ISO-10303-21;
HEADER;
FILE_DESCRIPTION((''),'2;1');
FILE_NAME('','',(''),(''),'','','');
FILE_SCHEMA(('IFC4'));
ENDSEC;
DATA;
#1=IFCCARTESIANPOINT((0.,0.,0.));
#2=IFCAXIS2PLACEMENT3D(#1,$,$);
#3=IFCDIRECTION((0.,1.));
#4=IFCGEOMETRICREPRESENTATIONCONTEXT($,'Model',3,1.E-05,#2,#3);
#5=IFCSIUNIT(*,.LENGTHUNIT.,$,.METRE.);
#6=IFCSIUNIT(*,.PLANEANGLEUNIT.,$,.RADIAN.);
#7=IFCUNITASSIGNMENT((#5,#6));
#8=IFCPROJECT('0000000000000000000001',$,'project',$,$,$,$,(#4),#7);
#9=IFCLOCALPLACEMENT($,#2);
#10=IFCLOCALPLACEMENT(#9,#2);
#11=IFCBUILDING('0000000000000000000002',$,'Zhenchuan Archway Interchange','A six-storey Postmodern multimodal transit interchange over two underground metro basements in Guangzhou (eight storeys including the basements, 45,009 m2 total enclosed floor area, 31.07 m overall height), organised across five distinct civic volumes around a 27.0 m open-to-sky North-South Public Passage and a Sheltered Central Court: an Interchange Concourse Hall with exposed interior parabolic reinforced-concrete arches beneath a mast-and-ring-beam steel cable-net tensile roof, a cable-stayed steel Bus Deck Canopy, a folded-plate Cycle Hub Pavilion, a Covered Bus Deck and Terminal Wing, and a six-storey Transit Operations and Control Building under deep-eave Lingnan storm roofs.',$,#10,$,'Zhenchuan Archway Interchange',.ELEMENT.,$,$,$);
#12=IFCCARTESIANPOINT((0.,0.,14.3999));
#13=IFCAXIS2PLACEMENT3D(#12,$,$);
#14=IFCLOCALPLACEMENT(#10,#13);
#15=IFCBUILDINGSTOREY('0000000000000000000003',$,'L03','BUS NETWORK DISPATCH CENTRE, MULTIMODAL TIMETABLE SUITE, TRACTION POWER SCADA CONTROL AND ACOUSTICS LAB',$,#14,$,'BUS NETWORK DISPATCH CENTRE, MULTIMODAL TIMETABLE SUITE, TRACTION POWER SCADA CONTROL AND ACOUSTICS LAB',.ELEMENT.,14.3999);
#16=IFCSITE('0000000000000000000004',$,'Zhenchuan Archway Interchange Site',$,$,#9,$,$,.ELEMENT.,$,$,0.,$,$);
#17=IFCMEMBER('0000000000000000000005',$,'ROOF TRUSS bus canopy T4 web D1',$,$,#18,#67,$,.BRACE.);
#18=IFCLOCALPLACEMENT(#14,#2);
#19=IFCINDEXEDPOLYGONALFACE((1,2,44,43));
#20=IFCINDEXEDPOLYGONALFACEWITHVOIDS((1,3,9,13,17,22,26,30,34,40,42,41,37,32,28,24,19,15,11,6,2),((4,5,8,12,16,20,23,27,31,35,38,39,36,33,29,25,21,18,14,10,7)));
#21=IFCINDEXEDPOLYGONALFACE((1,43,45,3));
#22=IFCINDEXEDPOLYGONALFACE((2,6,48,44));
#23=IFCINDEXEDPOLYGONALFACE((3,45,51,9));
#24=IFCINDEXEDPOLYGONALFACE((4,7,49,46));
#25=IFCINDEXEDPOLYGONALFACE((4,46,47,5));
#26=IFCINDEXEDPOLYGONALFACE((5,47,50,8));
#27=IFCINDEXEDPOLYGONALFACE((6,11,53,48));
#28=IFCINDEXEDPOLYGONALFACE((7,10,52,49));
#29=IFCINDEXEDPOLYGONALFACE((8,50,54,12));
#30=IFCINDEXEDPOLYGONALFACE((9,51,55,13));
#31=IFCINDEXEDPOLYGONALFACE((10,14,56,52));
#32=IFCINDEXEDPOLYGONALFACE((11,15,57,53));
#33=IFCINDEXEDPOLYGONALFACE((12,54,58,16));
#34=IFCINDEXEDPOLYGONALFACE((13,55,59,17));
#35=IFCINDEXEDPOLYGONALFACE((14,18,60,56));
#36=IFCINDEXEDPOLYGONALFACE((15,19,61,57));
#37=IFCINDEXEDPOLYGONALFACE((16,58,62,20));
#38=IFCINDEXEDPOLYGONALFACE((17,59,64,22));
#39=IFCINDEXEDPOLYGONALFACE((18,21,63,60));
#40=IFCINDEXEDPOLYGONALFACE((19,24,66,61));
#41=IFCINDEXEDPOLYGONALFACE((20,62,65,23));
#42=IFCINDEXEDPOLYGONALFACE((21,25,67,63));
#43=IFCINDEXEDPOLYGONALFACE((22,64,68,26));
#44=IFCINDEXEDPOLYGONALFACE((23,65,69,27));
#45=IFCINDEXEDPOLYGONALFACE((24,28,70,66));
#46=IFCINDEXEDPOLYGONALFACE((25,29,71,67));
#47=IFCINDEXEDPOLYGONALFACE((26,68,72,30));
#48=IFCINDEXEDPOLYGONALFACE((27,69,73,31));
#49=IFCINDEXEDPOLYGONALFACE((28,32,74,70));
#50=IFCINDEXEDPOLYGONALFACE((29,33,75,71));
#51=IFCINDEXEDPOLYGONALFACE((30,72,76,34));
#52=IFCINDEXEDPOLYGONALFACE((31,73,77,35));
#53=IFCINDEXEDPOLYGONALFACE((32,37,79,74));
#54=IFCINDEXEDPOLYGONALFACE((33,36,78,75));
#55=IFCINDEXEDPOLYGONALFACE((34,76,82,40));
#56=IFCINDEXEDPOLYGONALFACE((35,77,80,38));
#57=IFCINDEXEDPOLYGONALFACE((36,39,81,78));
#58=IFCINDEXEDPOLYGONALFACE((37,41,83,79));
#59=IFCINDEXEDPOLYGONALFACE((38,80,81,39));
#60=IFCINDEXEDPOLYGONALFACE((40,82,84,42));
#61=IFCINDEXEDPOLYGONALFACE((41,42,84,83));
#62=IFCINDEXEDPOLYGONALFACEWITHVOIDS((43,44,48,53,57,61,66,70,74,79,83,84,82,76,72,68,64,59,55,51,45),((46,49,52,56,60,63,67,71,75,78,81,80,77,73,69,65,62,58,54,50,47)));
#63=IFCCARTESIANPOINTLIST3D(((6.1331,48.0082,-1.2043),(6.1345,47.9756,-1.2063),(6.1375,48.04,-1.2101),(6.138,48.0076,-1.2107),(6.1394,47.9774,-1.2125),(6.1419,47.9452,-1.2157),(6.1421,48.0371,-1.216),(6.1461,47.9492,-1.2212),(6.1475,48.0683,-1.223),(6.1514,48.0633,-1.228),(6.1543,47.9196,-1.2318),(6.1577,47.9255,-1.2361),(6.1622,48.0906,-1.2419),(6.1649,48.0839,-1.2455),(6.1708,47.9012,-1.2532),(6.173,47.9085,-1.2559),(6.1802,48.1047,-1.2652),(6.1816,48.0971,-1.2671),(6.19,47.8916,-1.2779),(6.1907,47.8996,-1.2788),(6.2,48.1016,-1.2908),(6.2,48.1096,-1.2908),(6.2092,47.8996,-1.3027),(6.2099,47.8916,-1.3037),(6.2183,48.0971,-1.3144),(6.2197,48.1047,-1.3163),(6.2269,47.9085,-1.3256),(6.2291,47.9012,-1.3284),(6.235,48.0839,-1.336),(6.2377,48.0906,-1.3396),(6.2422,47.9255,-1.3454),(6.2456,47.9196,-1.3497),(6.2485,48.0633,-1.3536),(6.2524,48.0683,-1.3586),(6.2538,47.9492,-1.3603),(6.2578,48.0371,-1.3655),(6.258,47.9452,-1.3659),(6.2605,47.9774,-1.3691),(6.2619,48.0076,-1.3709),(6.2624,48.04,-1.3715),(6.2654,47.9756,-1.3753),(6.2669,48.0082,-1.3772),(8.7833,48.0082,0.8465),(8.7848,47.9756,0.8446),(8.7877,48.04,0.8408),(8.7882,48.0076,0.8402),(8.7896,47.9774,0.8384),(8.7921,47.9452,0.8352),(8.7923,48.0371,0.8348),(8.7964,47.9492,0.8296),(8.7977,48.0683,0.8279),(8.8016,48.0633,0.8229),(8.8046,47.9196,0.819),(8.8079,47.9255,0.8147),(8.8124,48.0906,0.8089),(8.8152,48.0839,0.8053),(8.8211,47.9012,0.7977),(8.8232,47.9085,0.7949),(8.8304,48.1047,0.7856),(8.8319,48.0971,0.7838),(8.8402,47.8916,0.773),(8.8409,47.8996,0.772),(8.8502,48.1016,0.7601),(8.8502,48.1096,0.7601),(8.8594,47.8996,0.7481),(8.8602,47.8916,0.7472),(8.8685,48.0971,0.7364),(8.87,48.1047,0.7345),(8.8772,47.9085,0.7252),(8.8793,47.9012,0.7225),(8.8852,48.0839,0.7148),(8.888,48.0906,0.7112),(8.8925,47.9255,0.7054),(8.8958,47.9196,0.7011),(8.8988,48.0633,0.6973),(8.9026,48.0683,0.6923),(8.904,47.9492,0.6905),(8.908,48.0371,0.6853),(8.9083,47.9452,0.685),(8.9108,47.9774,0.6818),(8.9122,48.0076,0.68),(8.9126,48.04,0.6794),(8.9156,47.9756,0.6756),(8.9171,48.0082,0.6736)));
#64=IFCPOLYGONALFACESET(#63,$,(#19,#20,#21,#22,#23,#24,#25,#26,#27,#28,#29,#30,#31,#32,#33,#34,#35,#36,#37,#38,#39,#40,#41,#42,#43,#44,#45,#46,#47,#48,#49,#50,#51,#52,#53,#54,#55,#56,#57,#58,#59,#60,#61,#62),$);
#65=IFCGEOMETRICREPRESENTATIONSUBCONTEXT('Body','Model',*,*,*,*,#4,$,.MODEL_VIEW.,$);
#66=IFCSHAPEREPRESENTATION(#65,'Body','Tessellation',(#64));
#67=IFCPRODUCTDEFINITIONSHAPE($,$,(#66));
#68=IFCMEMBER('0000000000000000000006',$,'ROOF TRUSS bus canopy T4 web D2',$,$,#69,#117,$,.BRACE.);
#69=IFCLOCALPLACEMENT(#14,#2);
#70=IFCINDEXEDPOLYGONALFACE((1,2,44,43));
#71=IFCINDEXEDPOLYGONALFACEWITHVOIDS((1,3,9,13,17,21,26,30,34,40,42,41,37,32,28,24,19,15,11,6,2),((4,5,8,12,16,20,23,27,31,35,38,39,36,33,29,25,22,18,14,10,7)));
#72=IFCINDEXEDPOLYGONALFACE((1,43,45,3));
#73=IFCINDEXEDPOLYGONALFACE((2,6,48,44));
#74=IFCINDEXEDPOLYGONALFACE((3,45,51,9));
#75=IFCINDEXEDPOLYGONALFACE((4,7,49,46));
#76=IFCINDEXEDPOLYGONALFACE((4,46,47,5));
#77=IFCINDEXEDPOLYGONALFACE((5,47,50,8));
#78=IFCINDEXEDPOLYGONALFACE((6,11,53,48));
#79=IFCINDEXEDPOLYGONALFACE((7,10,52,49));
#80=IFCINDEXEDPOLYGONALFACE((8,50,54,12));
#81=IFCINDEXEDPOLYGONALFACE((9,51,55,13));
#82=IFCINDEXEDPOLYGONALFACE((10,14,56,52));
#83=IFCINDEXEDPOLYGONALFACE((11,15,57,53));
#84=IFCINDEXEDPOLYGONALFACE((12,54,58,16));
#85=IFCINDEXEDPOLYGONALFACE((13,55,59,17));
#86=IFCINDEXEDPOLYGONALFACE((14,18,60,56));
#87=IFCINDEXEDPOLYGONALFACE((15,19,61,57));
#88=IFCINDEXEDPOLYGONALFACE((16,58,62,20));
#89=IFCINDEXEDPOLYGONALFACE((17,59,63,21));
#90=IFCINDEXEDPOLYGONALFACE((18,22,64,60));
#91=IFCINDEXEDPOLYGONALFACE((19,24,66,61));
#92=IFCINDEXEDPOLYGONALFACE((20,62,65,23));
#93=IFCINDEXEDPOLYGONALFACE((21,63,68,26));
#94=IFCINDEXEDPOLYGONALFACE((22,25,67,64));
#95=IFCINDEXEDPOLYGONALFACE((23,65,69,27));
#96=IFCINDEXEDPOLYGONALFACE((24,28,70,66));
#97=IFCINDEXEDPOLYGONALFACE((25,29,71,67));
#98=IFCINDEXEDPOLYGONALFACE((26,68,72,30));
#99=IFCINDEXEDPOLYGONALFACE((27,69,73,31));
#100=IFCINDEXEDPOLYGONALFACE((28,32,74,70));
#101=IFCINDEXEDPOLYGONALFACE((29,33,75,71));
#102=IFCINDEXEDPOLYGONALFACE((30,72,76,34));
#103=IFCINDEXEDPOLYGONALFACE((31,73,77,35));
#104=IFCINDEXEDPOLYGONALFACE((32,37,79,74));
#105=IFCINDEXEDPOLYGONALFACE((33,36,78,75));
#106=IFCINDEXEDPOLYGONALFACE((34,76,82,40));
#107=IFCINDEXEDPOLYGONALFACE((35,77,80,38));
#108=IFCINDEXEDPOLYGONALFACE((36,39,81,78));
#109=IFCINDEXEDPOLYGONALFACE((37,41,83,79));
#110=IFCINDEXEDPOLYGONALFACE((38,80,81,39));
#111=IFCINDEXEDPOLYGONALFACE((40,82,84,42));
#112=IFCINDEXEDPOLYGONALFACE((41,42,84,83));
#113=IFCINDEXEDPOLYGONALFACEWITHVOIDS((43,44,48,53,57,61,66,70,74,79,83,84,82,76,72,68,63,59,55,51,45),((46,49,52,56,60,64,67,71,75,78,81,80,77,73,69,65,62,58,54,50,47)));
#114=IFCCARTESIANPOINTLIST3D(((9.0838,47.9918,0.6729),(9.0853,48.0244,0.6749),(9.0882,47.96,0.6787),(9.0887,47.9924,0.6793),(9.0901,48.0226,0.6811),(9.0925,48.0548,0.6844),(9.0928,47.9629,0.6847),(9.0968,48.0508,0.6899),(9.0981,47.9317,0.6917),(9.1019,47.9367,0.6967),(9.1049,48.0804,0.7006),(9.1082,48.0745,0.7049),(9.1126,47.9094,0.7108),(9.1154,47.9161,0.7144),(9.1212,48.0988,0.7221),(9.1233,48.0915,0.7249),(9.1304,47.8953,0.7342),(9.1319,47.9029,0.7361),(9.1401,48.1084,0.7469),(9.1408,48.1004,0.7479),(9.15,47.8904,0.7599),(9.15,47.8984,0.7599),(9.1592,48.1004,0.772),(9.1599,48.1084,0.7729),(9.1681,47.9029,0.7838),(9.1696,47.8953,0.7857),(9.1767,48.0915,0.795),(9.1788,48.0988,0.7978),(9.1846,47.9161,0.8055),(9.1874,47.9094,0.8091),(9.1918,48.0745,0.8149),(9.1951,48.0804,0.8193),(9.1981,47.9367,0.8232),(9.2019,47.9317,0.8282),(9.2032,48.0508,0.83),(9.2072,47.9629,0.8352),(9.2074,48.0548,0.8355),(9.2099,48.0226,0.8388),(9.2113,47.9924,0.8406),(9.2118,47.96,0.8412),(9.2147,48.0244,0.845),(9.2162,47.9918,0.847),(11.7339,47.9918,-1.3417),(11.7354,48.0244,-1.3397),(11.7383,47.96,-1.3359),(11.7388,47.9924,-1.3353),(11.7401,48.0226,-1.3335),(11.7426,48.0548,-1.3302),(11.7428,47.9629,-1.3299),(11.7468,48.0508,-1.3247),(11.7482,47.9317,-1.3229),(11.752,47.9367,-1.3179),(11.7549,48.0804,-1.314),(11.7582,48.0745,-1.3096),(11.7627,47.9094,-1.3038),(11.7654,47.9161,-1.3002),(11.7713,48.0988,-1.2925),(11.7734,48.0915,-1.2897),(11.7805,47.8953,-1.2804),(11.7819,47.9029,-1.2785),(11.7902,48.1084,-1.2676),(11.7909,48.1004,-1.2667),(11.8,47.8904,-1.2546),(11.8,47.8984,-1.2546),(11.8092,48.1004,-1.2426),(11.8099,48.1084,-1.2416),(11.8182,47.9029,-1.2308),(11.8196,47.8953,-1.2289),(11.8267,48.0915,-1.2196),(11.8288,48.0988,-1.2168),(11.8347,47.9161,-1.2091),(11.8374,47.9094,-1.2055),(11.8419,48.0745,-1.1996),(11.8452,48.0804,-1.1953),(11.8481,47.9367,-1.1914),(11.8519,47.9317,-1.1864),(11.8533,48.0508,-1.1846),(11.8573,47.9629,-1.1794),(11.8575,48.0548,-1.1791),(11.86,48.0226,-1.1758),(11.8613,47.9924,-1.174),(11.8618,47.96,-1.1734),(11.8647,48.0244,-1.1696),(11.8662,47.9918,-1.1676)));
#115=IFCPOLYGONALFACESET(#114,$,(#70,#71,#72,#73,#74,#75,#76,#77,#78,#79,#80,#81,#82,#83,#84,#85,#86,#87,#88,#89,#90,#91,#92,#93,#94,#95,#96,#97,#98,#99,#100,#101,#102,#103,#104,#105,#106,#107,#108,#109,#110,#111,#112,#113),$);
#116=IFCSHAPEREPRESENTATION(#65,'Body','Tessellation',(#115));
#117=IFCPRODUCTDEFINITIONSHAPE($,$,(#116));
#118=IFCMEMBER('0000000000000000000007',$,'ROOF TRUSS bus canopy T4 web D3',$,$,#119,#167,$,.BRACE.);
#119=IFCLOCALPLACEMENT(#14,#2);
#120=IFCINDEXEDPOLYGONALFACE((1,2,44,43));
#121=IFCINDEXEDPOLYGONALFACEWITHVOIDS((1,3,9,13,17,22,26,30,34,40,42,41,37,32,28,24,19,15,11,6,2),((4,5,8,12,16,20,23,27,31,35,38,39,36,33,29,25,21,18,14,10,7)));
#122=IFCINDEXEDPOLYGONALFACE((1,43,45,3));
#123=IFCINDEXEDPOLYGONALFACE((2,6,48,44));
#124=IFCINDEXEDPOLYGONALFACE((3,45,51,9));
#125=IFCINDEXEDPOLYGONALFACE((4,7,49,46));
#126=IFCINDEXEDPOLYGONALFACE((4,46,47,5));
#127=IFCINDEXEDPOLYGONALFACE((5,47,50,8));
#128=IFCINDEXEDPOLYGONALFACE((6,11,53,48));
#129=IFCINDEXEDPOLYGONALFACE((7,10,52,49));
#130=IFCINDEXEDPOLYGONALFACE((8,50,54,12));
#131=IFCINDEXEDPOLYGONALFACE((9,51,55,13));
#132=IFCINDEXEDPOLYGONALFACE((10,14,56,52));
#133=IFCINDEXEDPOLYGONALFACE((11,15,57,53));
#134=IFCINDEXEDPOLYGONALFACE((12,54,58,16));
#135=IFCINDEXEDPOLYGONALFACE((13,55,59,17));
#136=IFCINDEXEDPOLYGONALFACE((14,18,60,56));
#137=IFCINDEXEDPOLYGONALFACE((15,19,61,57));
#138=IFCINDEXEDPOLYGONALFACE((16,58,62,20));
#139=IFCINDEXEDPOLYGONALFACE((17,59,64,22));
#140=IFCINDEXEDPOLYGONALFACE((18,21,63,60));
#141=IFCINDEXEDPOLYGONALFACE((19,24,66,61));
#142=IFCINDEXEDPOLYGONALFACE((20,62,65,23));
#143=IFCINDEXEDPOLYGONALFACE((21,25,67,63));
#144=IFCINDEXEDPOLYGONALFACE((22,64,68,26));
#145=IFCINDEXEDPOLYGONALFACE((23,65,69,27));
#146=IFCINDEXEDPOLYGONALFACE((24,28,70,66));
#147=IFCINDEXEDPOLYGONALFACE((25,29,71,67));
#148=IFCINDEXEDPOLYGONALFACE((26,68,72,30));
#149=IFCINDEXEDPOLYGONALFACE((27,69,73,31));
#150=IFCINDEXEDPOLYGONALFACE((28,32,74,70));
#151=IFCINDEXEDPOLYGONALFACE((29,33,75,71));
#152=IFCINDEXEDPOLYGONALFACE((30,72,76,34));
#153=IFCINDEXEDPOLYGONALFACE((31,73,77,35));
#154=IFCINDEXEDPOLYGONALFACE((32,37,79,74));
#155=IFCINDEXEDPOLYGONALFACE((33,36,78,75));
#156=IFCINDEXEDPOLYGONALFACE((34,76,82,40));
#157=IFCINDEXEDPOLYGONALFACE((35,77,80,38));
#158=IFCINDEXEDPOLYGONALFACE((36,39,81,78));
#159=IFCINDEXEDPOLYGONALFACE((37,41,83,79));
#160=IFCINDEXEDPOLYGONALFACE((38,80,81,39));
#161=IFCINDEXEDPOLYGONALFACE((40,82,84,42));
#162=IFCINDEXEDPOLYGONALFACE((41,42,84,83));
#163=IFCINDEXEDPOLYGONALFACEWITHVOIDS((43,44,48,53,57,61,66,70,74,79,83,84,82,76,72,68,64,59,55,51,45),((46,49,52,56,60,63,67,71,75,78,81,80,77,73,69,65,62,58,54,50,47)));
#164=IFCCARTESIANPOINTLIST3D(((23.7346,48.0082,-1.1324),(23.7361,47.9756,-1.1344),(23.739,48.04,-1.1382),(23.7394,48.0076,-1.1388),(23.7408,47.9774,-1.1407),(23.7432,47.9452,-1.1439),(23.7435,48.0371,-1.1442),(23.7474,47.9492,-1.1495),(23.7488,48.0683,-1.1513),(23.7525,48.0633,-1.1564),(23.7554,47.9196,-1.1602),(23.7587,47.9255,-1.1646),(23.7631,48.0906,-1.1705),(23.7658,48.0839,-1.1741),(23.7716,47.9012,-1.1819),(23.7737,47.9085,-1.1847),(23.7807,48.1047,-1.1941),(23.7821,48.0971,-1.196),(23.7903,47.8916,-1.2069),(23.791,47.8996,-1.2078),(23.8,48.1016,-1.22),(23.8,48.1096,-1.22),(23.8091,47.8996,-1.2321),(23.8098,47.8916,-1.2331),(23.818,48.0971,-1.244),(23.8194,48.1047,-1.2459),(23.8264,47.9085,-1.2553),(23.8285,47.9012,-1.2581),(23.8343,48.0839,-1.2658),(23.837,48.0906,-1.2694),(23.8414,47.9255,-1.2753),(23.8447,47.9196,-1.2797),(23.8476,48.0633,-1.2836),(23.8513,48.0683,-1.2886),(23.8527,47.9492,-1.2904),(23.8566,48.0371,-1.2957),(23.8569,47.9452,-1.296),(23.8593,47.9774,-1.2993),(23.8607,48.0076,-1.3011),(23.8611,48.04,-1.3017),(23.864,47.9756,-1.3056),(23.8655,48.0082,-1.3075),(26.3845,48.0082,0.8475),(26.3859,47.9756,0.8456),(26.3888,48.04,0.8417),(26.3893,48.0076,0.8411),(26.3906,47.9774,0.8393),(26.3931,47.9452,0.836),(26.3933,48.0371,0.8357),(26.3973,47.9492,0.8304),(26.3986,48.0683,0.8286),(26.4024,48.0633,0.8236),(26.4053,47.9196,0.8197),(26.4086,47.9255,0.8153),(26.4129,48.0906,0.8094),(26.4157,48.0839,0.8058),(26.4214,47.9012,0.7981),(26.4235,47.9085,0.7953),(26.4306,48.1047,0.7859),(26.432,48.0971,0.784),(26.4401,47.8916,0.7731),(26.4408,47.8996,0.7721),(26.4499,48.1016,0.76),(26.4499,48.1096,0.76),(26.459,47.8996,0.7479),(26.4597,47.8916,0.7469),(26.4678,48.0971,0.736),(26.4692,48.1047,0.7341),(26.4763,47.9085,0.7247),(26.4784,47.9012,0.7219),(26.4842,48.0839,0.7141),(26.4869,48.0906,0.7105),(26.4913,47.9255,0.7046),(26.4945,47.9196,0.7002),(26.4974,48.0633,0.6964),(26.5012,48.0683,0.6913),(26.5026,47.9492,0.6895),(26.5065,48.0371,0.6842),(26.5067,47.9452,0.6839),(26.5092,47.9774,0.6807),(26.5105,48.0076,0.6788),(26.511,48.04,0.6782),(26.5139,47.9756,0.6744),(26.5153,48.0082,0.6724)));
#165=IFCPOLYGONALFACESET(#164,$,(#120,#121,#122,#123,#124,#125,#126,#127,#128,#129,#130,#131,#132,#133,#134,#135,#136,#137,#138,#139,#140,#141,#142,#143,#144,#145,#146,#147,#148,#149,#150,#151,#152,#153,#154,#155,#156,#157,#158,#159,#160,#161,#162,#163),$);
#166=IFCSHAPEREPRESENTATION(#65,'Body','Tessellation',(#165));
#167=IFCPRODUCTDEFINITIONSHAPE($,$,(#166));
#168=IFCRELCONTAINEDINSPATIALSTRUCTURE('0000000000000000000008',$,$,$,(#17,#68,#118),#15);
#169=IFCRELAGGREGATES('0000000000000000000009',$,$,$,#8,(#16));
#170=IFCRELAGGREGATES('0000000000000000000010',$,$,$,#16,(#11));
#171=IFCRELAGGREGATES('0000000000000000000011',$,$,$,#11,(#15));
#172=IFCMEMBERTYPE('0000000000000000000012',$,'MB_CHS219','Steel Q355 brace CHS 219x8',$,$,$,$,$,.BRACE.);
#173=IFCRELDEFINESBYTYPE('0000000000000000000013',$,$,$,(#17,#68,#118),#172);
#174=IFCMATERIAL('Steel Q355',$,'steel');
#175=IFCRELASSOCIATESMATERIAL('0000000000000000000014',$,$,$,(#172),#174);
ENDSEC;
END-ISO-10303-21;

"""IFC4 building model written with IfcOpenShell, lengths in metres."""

from ifc_helpers import new_model, si_unit, direction, frame, origin, origin_2d, place, context, subcontext, project, spatial, hollow_circle, extrude, material, material_profile, profile_set, type_object, element, save


model = new_model("IFC4")

# Units and contexts
model_context = context("Model", 3, precision=1e-05, world=origin(), true_north=direction((0.0, 1.0)))
body_context = subcontext(model_context, "Body", "Model", "MODEL_VIEW")
ifc_project = project(units=[si_unit("LENGTHUNIT", "METRE"), si_unit("PLANEANGLEUNIT", "RADIAN")], contexts=[model_context])

# Site, building, storey
site_placement = place(None, origin())
site = spatial("IfcSite", under=ifc_project, at=site_placement, Name="Zhenchuan Archway Interchange Site", CompositionType="ELEMENT", RefElevation=0.0)
building_placement = place(site_placement, origin())
building = spatial("IfcBuilding", under=site, at=building_placement, Name="Zhenchuan Archway Interchange", Description="A six-storey Postmodern multimodal transit interchange over two underground metro basements in Guangzhou (eight storeys including the basements, 45,009 m2 total enclosed floor area, 31.07 m overall height), organised across five distinct civic volumes around a 27.0 m open-to-sky North-South Public Passage and a Sheltered Central Court: an Interchange Concourse Hall with exposed interior parabolic reinforced-concrete arches beneath a mast-and-ring-beam steel cable-net tensile roof, a cable-stayed steel Bus Deck Canopy, a folded-plate Cycle Hub Pavilion, a Covered Bus Deck and Terminal Wing, and a six-storey Transit Operations and Control Building under deep-eave Lingnan storm roofs.", LongName="Zhenchuan Archway Interchange", CompositionType="ELEMENT")
storey_placement = place(building_placement, frame((0.0, 0.0, 14.3999)))
storey = spatial("IfcBuildingStorey", under=building, at=storey_placement, Name="L03", Description="BUS NETWORK DISPATCH CENTRE, MULTIMODAL TIMETABLE SUITE, TRACTION POWER SCADA CONTROL AND ACOUSTICS LAB", LongName="BUS NETWORK DISPATCH CENTRE, MULTIMODAL TIMETABLE SUITE, TRACTION POWER SCADA CONTROL AND ACOUSTICS LAB", CompositionType="ELEMENT", Elevation=14.3999)

# Shared definitions
ifc_material_1 = material(Name="Steel Q355", Category="steel")

# Members
ifc_material_profile_1 = material_profile(ifc_material_1, hollow_circle(Radius=0.1096, WallThickness=0.0081, at=origin_2d()), Name="CHS 219x8")
ifc_profile_set_1 = profile_set([ifc_material_profile_1], Name="Steel Q355")
member_type_1 = type_object("IfcMemberType", Name="MB_CHS219", Description="Steel Q355 brace CHS 219x8", PredefinedType="BRACE", material=ifc_profile_set_1)
member_1_placement = place(storey_placement, frame((6.2, 48.0, -1.2908), z_axis=(0.79086, 0.0, 0.611997), x_axis=(0.0, 1.0, 0.0)))
element("IfcMember", 1, at=member_1_placement, inside=storey, type_object=member_type_1, Name="ROOF TRUSS bus canopy T4 web D1", PredefinedType="BRACE", context=body_context, shape_type="SweptSolid", body=[
    extrude(hollow_circle(Radius=0.1096, WallThickness=0.0081, at=origin_2d()), origin(), (0.0, 0.0, 1.0), 3.3511),
])
member_2_placement = place(storey_placement, frame((11.8, 48.0, -1.2546), z_axis=(-0.796084, 0.0, 0.605186), x_axis=(0.0, -1.0, 0.0)))
element("IfcMember", 2, at=member_2_placement, inside=storey, type_object=member_type_1, Name="ROOF TRUSS bus canopy T4 web D2", PredefinedType="BRACE", context=body_context, shape_type="SweptSolid", body=[
    extrude(hollow_circle(Radius=0.1096, WallThickness=0.0081, at=origin_2d()), origin(), (0.0, 0.0, 1.0), 3.3289),
])
member_3_placement = place(storey_placement, frame((23.8, 48.0, -1.22), z_axis=(0.801079, 0.0, 0.598558), x_axis=(0.0, 1.0, 0.0)))
element("IfcMember", 3, at=member_3_placement, inside=storey, type_object=member_type_1, Name="ROOF TRUSS bus canopy T4 web D3", PredefinedType="BRACE", context=body_context, shape_type="SweptSolid", body=[
    extrude(hollow_circle(Radius=0.1096, WallThickness=0.0081, at=origin_2d()), origin(), (0.0, 0.0, 1.0), 3.3079),
])

save(model, "model.ifc")
